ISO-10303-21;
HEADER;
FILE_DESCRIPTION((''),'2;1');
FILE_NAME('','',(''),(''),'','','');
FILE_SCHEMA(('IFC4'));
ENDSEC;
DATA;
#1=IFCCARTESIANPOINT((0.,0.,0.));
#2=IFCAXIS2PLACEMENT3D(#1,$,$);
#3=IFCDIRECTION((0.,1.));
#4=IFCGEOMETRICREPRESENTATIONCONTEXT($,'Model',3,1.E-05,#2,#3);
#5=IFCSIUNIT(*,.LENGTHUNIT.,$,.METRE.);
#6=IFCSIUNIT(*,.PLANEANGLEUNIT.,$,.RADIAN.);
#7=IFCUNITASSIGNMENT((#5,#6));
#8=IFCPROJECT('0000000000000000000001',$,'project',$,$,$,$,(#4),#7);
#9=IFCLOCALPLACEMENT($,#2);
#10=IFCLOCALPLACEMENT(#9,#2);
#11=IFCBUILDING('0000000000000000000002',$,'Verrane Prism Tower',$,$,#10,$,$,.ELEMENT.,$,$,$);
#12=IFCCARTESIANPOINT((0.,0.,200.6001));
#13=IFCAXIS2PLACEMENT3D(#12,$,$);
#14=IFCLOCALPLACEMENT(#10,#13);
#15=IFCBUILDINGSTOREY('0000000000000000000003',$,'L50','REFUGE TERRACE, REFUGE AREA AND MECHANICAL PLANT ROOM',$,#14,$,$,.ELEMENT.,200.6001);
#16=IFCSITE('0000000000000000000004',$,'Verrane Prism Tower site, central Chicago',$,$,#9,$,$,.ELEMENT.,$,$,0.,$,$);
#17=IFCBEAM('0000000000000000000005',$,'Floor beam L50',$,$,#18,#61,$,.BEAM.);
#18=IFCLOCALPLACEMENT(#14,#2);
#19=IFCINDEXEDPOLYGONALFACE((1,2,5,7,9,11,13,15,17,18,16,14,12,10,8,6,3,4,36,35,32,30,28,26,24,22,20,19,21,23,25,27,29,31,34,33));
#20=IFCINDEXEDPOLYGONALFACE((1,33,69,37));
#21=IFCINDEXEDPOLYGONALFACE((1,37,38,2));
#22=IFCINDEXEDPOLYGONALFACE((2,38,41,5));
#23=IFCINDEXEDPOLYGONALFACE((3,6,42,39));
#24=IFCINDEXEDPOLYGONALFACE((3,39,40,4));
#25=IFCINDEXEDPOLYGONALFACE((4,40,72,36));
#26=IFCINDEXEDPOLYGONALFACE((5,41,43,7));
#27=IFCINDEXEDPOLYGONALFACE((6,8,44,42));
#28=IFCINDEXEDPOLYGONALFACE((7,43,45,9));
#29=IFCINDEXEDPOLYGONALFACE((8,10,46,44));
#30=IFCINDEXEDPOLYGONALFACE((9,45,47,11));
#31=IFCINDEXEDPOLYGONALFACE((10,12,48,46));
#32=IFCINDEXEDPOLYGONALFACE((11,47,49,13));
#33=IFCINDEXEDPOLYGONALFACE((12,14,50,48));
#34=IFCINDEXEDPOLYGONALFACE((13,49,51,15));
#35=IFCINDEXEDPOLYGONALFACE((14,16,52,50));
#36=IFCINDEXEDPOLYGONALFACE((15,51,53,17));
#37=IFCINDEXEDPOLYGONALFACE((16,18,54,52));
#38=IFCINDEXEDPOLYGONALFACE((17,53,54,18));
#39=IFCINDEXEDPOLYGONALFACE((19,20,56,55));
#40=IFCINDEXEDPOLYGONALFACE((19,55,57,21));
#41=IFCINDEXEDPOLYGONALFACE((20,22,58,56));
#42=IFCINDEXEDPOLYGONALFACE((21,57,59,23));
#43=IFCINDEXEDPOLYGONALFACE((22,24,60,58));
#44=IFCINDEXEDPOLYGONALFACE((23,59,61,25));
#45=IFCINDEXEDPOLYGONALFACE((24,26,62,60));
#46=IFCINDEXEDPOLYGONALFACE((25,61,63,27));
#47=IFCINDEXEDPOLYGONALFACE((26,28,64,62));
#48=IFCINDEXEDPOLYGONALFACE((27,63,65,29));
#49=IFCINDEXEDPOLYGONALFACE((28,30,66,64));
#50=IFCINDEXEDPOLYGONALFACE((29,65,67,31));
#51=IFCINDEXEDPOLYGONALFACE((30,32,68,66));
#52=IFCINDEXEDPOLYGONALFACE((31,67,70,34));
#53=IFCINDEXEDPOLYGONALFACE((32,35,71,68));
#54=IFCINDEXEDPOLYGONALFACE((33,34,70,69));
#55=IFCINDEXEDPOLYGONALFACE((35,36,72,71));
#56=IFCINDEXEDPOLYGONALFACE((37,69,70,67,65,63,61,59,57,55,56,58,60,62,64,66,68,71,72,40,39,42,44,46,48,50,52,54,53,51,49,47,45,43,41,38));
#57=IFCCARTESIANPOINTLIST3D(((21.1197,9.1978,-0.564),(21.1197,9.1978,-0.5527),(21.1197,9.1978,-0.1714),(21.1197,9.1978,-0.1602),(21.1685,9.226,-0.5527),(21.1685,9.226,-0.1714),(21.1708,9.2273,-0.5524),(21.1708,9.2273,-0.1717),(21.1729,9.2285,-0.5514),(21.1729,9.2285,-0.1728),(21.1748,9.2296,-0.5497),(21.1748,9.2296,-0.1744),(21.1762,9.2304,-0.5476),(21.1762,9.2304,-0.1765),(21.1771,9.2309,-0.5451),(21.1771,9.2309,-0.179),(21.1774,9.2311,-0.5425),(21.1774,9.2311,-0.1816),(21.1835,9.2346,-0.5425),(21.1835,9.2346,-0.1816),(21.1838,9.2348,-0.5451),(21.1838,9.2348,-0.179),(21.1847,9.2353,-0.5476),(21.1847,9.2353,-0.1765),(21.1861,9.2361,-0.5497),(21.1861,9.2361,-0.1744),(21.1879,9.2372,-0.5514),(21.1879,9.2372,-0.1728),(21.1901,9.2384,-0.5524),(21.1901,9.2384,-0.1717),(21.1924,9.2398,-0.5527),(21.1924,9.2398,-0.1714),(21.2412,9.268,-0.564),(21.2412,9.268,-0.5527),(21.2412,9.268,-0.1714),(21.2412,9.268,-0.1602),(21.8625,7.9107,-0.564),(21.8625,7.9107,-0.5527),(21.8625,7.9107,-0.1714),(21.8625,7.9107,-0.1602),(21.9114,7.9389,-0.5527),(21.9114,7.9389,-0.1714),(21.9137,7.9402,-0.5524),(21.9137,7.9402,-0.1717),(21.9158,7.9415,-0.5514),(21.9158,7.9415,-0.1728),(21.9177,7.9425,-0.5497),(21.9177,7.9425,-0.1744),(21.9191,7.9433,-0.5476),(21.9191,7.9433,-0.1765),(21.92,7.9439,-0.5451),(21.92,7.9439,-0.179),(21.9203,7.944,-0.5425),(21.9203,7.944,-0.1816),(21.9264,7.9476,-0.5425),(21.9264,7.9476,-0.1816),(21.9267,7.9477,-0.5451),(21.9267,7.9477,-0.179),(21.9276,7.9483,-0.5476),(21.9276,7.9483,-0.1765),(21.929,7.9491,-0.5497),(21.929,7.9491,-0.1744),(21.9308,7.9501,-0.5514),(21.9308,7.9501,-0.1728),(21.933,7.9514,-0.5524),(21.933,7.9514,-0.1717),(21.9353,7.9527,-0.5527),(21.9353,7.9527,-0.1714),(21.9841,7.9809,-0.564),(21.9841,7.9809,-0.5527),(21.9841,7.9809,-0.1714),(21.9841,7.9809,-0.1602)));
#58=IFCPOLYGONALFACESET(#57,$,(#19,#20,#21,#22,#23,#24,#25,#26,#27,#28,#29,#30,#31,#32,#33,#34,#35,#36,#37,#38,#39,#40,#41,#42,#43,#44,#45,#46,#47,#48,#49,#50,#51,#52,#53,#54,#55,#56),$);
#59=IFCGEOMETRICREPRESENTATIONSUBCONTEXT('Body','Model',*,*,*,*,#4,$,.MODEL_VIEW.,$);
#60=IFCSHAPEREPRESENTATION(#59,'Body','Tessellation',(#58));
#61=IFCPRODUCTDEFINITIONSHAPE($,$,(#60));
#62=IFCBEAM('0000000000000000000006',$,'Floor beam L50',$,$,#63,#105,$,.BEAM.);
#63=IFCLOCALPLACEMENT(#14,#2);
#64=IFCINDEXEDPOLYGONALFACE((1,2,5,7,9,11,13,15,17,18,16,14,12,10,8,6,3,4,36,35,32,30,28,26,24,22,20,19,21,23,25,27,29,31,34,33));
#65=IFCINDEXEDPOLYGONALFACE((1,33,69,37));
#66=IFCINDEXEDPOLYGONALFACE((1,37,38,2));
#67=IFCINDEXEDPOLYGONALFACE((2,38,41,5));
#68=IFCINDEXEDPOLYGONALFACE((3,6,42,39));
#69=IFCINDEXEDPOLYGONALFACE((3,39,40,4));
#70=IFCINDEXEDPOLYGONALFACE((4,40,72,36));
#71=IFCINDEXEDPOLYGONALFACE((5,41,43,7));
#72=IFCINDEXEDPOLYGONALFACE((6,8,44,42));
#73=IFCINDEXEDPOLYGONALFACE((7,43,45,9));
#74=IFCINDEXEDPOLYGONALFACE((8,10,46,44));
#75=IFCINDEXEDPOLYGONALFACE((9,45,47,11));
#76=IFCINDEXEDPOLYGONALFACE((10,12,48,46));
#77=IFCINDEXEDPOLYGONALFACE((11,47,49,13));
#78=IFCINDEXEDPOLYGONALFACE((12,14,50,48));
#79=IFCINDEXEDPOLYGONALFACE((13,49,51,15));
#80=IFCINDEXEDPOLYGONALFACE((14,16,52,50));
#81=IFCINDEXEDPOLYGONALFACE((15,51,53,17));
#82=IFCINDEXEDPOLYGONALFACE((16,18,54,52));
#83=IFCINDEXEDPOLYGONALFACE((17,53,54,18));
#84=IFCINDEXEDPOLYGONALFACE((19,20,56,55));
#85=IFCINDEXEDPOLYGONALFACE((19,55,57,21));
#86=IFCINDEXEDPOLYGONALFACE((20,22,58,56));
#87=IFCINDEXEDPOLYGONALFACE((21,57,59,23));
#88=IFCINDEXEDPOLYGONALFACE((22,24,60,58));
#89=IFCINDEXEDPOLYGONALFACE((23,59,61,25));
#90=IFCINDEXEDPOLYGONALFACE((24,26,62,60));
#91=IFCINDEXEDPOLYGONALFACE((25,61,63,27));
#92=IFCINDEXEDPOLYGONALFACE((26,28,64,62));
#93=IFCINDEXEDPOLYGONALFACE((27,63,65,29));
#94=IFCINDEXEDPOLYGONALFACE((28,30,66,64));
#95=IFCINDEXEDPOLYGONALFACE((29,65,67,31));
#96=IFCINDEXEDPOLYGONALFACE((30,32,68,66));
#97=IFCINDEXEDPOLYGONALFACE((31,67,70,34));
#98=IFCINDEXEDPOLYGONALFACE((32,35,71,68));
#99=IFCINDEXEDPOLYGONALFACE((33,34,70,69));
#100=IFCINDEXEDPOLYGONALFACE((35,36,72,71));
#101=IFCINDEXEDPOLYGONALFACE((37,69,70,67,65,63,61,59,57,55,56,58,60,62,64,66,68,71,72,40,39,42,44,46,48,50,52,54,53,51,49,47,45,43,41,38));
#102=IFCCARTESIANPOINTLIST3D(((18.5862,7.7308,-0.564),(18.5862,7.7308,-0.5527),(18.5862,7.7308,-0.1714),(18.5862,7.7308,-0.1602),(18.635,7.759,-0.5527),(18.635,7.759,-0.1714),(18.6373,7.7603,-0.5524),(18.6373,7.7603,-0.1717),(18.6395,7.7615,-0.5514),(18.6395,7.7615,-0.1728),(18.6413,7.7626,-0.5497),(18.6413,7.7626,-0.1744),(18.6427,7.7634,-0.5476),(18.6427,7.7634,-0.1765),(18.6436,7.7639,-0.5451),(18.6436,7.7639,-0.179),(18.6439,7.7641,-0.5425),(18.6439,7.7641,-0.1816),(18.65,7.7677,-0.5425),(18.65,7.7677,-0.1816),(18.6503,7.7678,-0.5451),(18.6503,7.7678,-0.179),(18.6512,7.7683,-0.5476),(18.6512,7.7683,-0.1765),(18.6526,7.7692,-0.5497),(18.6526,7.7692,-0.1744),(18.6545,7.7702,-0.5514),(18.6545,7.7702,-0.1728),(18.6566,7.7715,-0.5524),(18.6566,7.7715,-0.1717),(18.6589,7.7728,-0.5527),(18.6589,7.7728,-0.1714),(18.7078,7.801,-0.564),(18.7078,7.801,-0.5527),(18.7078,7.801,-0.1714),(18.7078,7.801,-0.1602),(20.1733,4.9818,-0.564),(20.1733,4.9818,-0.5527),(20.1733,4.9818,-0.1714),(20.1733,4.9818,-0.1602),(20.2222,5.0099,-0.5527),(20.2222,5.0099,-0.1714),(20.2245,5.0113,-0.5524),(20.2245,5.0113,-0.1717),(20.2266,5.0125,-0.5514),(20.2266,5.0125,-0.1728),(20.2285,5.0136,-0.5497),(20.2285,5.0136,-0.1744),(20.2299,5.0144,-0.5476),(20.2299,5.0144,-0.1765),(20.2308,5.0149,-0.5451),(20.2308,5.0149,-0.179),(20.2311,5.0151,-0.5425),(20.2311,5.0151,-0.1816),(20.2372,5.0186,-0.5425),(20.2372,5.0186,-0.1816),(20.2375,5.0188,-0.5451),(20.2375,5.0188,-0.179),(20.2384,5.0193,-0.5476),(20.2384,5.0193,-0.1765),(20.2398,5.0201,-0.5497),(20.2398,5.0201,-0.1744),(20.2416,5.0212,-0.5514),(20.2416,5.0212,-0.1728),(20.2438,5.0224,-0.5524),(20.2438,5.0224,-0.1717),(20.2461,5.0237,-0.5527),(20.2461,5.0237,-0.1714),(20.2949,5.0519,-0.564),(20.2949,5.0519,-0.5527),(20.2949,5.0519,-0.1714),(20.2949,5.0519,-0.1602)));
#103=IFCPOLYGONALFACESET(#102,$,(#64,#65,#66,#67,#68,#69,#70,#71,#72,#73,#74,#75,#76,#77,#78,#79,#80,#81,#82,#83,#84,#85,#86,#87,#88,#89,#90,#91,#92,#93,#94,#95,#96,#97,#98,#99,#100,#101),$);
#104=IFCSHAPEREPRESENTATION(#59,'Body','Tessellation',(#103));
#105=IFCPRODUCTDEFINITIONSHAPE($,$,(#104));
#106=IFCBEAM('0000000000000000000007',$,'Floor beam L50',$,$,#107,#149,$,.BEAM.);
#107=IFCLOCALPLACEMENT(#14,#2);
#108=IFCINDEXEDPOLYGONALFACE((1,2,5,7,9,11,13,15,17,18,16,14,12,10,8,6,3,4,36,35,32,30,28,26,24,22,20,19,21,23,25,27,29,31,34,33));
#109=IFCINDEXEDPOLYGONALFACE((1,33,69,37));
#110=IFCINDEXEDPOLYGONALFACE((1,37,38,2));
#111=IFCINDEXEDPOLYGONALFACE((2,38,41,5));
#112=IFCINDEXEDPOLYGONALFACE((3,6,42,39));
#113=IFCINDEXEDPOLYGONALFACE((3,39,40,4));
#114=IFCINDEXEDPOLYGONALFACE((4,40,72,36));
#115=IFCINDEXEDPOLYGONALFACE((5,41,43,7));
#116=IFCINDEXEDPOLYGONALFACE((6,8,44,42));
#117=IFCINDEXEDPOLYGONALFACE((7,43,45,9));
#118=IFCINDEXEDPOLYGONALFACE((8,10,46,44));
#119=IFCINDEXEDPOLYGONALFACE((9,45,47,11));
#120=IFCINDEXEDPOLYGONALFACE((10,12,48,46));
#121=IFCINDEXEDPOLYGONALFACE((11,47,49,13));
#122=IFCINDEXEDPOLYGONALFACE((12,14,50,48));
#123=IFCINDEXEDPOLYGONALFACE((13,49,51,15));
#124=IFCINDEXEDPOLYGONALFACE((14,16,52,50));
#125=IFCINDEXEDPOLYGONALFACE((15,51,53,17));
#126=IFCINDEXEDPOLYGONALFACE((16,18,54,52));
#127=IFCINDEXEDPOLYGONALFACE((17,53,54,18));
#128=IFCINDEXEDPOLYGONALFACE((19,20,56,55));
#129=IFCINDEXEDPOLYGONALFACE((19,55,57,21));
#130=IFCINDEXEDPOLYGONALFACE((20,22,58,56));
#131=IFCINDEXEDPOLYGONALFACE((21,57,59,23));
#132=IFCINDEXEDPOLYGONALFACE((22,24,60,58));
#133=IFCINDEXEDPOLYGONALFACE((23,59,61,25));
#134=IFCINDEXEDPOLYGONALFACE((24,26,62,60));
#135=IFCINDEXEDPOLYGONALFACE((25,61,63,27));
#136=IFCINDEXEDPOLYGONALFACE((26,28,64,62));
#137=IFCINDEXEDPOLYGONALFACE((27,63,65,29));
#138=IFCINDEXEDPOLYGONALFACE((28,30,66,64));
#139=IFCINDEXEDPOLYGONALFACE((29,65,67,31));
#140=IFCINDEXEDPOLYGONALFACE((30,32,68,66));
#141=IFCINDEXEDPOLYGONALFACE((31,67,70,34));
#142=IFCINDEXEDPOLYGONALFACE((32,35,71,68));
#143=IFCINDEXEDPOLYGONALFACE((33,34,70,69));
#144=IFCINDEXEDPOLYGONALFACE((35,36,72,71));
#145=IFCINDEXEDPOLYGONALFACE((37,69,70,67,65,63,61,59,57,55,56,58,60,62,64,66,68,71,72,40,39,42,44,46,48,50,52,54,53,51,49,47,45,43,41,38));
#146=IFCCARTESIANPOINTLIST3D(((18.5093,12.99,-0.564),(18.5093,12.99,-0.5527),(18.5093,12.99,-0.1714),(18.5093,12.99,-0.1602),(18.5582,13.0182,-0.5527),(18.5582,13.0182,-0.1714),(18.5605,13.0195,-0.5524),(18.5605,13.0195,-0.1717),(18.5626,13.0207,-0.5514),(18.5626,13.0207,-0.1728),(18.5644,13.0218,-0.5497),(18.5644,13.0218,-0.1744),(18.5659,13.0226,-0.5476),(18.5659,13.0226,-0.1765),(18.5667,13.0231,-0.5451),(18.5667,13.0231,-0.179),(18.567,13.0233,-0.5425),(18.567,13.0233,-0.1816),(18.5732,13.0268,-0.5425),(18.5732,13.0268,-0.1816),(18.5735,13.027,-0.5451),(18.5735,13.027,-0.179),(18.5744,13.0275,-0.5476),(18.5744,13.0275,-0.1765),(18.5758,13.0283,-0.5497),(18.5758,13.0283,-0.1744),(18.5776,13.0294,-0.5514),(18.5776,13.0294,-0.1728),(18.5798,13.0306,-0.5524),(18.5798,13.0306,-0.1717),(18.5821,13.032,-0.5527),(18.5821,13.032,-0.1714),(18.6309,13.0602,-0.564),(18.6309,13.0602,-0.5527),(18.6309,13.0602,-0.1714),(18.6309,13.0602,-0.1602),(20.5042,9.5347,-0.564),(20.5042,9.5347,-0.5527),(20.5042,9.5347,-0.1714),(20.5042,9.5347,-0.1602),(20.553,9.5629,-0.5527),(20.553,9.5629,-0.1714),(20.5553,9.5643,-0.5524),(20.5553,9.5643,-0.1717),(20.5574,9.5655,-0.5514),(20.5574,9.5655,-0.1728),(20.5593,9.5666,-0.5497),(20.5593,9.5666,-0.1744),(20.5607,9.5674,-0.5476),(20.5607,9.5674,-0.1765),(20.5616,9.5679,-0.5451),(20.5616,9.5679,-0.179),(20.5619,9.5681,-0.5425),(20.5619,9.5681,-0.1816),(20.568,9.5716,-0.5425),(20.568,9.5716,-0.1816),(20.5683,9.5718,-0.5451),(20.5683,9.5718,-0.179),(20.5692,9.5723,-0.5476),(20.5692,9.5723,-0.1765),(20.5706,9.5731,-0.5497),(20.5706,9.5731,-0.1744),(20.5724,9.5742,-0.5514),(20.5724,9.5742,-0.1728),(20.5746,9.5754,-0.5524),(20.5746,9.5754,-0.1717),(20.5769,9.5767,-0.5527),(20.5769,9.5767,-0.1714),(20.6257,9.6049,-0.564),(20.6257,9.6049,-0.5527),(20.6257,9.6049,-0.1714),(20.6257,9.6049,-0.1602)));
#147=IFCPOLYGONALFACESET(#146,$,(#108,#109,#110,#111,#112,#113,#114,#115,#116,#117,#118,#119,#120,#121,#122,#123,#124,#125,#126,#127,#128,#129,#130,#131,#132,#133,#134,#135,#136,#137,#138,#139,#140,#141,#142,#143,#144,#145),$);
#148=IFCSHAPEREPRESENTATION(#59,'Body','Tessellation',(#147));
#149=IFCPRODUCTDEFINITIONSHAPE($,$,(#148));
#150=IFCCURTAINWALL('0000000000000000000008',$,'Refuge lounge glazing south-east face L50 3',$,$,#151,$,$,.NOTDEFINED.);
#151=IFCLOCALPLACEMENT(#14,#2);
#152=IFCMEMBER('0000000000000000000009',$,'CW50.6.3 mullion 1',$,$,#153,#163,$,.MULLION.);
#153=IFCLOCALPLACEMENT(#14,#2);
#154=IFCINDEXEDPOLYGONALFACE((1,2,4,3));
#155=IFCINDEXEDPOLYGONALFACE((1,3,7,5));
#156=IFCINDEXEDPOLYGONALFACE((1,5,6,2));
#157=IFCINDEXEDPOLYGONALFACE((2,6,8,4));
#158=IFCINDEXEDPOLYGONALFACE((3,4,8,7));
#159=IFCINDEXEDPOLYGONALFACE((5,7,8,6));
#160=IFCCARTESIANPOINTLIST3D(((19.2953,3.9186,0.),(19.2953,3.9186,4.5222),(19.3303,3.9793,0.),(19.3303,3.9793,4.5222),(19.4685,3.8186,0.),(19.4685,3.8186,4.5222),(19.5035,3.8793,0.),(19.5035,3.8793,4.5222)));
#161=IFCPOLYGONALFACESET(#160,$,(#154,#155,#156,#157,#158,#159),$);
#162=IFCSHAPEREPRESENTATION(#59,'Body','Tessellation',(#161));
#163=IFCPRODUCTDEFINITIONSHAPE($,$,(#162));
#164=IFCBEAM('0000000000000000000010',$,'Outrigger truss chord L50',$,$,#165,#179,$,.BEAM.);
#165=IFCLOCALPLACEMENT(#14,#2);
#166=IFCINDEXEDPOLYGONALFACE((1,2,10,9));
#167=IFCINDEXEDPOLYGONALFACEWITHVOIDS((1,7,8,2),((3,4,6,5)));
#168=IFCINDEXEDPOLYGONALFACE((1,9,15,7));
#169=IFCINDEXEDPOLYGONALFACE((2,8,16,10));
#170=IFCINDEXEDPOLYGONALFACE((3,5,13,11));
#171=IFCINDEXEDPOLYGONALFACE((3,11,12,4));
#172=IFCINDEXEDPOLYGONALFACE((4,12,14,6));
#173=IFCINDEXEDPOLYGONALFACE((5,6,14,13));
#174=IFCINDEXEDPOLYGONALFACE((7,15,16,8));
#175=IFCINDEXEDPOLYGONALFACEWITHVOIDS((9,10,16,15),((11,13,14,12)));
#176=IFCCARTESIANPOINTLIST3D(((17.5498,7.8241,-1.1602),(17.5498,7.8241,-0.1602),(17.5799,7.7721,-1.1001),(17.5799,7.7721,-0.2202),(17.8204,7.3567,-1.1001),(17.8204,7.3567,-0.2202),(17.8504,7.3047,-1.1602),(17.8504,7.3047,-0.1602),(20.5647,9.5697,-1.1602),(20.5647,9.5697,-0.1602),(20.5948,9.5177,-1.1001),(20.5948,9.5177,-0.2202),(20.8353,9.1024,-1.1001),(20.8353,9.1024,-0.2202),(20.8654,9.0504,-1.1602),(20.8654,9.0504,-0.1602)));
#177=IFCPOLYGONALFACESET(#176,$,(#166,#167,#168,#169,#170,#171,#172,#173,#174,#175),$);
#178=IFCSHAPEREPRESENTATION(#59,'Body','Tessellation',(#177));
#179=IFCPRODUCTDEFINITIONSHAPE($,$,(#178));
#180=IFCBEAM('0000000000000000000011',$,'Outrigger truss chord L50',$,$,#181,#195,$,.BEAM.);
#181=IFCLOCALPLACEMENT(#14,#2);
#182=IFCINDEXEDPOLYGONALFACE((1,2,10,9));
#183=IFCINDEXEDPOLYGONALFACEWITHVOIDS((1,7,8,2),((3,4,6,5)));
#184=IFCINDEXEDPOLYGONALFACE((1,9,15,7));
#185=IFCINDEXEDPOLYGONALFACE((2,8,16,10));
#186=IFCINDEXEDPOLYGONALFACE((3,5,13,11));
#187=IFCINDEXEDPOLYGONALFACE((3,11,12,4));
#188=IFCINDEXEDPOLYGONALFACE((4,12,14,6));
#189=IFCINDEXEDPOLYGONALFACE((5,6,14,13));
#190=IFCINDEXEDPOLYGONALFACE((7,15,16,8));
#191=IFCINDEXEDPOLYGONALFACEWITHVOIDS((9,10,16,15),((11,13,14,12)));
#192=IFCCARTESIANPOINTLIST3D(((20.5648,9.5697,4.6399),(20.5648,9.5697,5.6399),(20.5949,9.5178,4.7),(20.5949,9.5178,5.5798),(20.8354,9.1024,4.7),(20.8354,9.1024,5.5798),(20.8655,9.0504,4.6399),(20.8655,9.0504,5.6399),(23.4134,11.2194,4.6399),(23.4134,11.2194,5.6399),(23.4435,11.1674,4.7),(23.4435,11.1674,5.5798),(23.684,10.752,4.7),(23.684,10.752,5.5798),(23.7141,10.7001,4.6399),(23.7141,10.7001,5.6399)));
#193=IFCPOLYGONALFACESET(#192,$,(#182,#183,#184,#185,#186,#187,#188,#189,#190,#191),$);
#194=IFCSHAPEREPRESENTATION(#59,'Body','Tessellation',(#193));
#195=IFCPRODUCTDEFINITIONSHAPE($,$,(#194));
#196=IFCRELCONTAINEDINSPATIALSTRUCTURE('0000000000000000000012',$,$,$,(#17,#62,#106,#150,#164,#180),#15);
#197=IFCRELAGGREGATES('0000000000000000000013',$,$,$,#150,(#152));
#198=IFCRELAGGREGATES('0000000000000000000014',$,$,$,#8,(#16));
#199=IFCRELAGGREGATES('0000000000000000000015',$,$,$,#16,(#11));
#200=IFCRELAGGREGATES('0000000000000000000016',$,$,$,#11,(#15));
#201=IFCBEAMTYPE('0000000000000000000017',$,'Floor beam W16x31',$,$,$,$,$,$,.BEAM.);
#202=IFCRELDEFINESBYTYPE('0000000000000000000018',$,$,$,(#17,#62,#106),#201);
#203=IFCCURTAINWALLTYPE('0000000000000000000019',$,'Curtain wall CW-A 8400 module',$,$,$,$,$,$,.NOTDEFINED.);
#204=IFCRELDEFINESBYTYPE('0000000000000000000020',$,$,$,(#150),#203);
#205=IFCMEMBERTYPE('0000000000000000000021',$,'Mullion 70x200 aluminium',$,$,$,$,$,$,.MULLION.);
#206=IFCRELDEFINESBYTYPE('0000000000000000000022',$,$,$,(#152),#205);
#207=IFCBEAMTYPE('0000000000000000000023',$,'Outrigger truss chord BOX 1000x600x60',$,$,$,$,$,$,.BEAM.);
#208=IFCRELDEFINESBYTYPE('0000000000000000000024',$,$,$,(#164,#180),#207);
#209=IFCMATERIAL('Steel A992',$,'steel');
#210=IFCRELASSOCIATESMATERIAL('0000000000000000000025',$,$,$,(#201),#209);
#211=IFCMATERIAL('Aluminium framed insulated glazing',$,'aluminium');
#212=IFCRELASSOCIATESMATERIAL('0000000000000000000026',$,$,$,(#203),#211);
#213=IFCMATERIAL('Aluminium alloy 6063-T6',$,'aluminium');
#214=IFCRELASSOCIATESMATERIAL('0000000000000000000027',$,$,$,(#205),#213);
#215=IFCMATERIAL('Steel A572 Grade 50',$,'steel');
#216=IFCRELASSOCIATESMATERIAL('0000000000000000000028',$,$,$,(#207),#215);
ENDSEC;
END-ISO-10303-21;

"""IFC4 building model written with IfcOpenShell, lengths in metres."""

from ifc_helpers import new_model, si_unit, direction, frame, origin, origin_2d, place, context, subcontext, project, spatial, rectangle, hollow_rectangle, i_section, extrude, material, material_profile, profile_set, type_object, element, aggregate, save


model = new_model("IFC4")

# Units and contexts
model_context = context("Model", 3, precision=1e-05, world=origin(), true_north=direction((0.0, 1.0)))
body_context = subcontext(model_context, "Body", "Model", "MODEL_VIEW")
ifc_project = project(units=[si_unit("LENGTHUNIT", "METRE"), si_unit("PLANEANGLEUNIT", "RADIAN")], contexts=[model_context])

# Site, building, storey
site_placement = place(None, origin())
site = spatial("IfcSite", under=ifc_project, at=site_placement, Name="Verrane Prism Tower site, central Chicago", CompositionType="ELEMENT", RefElevation=0.0)
building_placement = place(site_placement, origin())
building = spatial("IfcBuilding", under=site, at=building_placement, Name="Verrane Prism Tower", CompositionType="ELEMENT")
storey_placement = place(building_placement, frame((0.0, 0.0, 200.6001)))
storey = spatial("IfcBuildingStorey", under=building, at=storey_placement, Name="L50", Description="REFUGE TERRACE, REFUGE AREA AND MECHANICAL PLANT ROOM", CompositionType="ELEMENT", Elevation=200.6001)

# Beams
ifc_material_1 = material(Name="Steel A992", Category="steel")
ifc_material_profile_1 = material_profile(ifc_material_1, i_section(OverallWidth=0.1404, OverallDepth=0.4038, WebThickness=0.0071, FlangeThickness=0.0112, FilletRadius=0.0103, at=origin_2d()), Name="W16x31")
ifc_profile_set_1 = profile_set([ifc_material_profile_1], Name="Steel A992")
beam_type_1 = type_object("IfcBeamType", Name="Floor beam W16x31", PredefinedType="BEAM", material=ifc_profile_set_1)
beam_1_placement = place(storey_placement, frame((21.9233, 7.9458, -0.3621), z_axis=(-0.499903, 0.866082, 0.0), x_axis=(-0.866082, -0.499903, 0.0)))
element("IfcBeam", 1, at=beam_1_placement, inside=storey, type_object=beam_type_1, Name="Floor beam L50", PredefinedType="BEAM", context=body_context, shape_type="SweptSolid", body=[
    extrude(i_section(OverallWidth=0.1404, OverallDepth=0.4038, WebThickness=0.0071, FlangeThickness=0.0112, FilletRadius=0.0103, at=origin_2d()), origin(), (0.0, 0.0, 1.0), 1.4861),
])
beam_2_placement = place(storey_placement, frame((20.2341, 5.0168, -0.3621), z_axis=(-0.500002, 0.866024, 0.0), x_axis=(-0.866024, -0.500002, 0.0)))
element("IfcBeam", 2, at=beam_2_placement, inside=storey, type_object=beam_type_1, Name="Floor beam L50", PredefinedType="BEAM", context=body_context, shape_type="SweptSolid", body=[
    extrude(i_section(OverallWidth=0.1404, OverallDepth=0.4038, WebThickness=0.0071, FlangeThickness=0.0112, FilletRadius=0.0103, at=origin_2d()), origin(), (0.0, 0.0, 1.0), 3.1743),
])
beam_3_placement = place(storey_placement, frame((20.5649, 9.5698, -0.3621), z_axis=(-0.499989, 0.866032, 0.0), x_axis=(-0.866032, -0.499989, 0.0)))
element("IfcBeam", 3, at=beam_3_placement, inside=storey, type_object=beam_type_1, Name="Floor beam L50", PredefinedType="BEAM", context=body_context, shape_type="SweptSolid", body=[
    extrude(i_section(OverallWidth=0.1404, OverallDepth=0.4038, WebThickness=0.0071, FlangeThickness=0.0112, FilletRadius=0.0103, at=origin_2d()), origin(), (0.0, 0.0, 1.0), 3.9897),
])

# Curtain wall, member
ifc_material_2 = material(Name="Aluminium framed insulated glazing", Category="aluminium")
curtain_wall_type = type_object("IfcCurtainWallType", Name="Curtain wall CW-A 8400 module", PredefinedType="NOTDEFINED", material=ifc_material_2)
curtain_wall_placement = place(storey_placement, origin())
curtain_wall = element("IfcCurtainWall", 4, at=curtain_wall_placement, inside=storey, type_object=curtain_wall_type, Name="Refuge lounge glazing south-east face L50 3", PredefinedType="NOTDEFINED")
ifc_material_3 = material(Name="Aluminium alloy 6063-T6", Category="aluminium")
ifc_material_profile_2 = material_profile(ifc_material_3, rectangle(XDim=0.2, YDim=0.0701, at=origin_2d()), Name="Mullion 70x200 aluminium")
ifc_profile_set_2 = profile_set([ifc_material_profile_2], Name="Aluminium alloy 6063-T6")
member_type_1 = type_object("IfcMemberType", Name="Mullion 70x200 aluminium", PredefinedType="MULLION", material=ifc_profile_set_2)
member_1_placement = place(storey_placement, frame((19.3994, 3.8989, 0.0), z_axis=(0.0, 0.0, 1.0), x_axis=(-0.866028, 0.499996, 0.0)))
member_1 = element("IfcMember", 5, at=member_1_placement, type_object=member_type_1, Name="CW50.6.3 mullion 1", PredefinedType="MULLION", context=body_context, shape_type="SweptSolid", body=[
    extrude(rectangle(XDim=0.2, YDim=0.0701, at=origin_2d()), origin(), (0.0, 0.0, 1.0), 4.5222),
])

# Beams
ifc_material_4 = material(Name="Steel A572 Grade 50", Category="steel")
ifc_material_profile_3 = material_profile(ifc_material_4, hollow_rectangle(XDim=0.6001, YDim=1.0, WallThickness=0.0601, at=origin_2d()), Name="BOX 1000x600x60")
ifc_profile_set_3 = profile_set([ifc_material_profile_3], Name="Steel A572 Grade 50")
beam_type_2 = type_object("IfcBeamType", Name="Outrigger truss chord BOX 1000x600x60", PredefinedType="BEAM", material=ifc_profile_set_3)
beam_4_placement = place(storey_placement, frame((20.7151, 9.3101, -0.6602), z_axis=(-0.865409, -0.501067, 0.0), x_axis=(0.501067, -0.865409, 0.0)))
element("IfcBeam", 6, at=beam_4_placement, inside=storey, type_object=beam_type_2, Name="Outrigger truss chord L50", PredefinedType="BEAM", context=body_context, shape_type="SweptSolid", body=[
    extrude(hollow_rectangle(XDim=0.6001, YDim=1.0, WallThickness=0.0601, at=origin_2d()), origin(), (0.0, 0.0, 1.0), 3.4839),
])
beam_5_placement = place(storey_placement, frame((23.5637, 10.9597, 5.1399), z_axis=(-0.865367, -0.501139, 0.0), x_axis=(0.501139, -0.865367, 0.0)))
element("IfcBeam", 7, at=beam_5_placement, inside=storey, type_object=beam_type_2, Name="Outrigger truss chord L50", PredefinedType="BEAM", context=body_context, shape_type="SweptSolid", body=[
    extrude(hollow_rectangle(XDim=0.6001, YDim=1.0, WallThickness=0.0601, at=origin_2d()), origin(), (0.0, 0.0, 1.0), 3.2917),
])

aggregate(curtain_wall, [member_1])

save(model, "model.ifc")
